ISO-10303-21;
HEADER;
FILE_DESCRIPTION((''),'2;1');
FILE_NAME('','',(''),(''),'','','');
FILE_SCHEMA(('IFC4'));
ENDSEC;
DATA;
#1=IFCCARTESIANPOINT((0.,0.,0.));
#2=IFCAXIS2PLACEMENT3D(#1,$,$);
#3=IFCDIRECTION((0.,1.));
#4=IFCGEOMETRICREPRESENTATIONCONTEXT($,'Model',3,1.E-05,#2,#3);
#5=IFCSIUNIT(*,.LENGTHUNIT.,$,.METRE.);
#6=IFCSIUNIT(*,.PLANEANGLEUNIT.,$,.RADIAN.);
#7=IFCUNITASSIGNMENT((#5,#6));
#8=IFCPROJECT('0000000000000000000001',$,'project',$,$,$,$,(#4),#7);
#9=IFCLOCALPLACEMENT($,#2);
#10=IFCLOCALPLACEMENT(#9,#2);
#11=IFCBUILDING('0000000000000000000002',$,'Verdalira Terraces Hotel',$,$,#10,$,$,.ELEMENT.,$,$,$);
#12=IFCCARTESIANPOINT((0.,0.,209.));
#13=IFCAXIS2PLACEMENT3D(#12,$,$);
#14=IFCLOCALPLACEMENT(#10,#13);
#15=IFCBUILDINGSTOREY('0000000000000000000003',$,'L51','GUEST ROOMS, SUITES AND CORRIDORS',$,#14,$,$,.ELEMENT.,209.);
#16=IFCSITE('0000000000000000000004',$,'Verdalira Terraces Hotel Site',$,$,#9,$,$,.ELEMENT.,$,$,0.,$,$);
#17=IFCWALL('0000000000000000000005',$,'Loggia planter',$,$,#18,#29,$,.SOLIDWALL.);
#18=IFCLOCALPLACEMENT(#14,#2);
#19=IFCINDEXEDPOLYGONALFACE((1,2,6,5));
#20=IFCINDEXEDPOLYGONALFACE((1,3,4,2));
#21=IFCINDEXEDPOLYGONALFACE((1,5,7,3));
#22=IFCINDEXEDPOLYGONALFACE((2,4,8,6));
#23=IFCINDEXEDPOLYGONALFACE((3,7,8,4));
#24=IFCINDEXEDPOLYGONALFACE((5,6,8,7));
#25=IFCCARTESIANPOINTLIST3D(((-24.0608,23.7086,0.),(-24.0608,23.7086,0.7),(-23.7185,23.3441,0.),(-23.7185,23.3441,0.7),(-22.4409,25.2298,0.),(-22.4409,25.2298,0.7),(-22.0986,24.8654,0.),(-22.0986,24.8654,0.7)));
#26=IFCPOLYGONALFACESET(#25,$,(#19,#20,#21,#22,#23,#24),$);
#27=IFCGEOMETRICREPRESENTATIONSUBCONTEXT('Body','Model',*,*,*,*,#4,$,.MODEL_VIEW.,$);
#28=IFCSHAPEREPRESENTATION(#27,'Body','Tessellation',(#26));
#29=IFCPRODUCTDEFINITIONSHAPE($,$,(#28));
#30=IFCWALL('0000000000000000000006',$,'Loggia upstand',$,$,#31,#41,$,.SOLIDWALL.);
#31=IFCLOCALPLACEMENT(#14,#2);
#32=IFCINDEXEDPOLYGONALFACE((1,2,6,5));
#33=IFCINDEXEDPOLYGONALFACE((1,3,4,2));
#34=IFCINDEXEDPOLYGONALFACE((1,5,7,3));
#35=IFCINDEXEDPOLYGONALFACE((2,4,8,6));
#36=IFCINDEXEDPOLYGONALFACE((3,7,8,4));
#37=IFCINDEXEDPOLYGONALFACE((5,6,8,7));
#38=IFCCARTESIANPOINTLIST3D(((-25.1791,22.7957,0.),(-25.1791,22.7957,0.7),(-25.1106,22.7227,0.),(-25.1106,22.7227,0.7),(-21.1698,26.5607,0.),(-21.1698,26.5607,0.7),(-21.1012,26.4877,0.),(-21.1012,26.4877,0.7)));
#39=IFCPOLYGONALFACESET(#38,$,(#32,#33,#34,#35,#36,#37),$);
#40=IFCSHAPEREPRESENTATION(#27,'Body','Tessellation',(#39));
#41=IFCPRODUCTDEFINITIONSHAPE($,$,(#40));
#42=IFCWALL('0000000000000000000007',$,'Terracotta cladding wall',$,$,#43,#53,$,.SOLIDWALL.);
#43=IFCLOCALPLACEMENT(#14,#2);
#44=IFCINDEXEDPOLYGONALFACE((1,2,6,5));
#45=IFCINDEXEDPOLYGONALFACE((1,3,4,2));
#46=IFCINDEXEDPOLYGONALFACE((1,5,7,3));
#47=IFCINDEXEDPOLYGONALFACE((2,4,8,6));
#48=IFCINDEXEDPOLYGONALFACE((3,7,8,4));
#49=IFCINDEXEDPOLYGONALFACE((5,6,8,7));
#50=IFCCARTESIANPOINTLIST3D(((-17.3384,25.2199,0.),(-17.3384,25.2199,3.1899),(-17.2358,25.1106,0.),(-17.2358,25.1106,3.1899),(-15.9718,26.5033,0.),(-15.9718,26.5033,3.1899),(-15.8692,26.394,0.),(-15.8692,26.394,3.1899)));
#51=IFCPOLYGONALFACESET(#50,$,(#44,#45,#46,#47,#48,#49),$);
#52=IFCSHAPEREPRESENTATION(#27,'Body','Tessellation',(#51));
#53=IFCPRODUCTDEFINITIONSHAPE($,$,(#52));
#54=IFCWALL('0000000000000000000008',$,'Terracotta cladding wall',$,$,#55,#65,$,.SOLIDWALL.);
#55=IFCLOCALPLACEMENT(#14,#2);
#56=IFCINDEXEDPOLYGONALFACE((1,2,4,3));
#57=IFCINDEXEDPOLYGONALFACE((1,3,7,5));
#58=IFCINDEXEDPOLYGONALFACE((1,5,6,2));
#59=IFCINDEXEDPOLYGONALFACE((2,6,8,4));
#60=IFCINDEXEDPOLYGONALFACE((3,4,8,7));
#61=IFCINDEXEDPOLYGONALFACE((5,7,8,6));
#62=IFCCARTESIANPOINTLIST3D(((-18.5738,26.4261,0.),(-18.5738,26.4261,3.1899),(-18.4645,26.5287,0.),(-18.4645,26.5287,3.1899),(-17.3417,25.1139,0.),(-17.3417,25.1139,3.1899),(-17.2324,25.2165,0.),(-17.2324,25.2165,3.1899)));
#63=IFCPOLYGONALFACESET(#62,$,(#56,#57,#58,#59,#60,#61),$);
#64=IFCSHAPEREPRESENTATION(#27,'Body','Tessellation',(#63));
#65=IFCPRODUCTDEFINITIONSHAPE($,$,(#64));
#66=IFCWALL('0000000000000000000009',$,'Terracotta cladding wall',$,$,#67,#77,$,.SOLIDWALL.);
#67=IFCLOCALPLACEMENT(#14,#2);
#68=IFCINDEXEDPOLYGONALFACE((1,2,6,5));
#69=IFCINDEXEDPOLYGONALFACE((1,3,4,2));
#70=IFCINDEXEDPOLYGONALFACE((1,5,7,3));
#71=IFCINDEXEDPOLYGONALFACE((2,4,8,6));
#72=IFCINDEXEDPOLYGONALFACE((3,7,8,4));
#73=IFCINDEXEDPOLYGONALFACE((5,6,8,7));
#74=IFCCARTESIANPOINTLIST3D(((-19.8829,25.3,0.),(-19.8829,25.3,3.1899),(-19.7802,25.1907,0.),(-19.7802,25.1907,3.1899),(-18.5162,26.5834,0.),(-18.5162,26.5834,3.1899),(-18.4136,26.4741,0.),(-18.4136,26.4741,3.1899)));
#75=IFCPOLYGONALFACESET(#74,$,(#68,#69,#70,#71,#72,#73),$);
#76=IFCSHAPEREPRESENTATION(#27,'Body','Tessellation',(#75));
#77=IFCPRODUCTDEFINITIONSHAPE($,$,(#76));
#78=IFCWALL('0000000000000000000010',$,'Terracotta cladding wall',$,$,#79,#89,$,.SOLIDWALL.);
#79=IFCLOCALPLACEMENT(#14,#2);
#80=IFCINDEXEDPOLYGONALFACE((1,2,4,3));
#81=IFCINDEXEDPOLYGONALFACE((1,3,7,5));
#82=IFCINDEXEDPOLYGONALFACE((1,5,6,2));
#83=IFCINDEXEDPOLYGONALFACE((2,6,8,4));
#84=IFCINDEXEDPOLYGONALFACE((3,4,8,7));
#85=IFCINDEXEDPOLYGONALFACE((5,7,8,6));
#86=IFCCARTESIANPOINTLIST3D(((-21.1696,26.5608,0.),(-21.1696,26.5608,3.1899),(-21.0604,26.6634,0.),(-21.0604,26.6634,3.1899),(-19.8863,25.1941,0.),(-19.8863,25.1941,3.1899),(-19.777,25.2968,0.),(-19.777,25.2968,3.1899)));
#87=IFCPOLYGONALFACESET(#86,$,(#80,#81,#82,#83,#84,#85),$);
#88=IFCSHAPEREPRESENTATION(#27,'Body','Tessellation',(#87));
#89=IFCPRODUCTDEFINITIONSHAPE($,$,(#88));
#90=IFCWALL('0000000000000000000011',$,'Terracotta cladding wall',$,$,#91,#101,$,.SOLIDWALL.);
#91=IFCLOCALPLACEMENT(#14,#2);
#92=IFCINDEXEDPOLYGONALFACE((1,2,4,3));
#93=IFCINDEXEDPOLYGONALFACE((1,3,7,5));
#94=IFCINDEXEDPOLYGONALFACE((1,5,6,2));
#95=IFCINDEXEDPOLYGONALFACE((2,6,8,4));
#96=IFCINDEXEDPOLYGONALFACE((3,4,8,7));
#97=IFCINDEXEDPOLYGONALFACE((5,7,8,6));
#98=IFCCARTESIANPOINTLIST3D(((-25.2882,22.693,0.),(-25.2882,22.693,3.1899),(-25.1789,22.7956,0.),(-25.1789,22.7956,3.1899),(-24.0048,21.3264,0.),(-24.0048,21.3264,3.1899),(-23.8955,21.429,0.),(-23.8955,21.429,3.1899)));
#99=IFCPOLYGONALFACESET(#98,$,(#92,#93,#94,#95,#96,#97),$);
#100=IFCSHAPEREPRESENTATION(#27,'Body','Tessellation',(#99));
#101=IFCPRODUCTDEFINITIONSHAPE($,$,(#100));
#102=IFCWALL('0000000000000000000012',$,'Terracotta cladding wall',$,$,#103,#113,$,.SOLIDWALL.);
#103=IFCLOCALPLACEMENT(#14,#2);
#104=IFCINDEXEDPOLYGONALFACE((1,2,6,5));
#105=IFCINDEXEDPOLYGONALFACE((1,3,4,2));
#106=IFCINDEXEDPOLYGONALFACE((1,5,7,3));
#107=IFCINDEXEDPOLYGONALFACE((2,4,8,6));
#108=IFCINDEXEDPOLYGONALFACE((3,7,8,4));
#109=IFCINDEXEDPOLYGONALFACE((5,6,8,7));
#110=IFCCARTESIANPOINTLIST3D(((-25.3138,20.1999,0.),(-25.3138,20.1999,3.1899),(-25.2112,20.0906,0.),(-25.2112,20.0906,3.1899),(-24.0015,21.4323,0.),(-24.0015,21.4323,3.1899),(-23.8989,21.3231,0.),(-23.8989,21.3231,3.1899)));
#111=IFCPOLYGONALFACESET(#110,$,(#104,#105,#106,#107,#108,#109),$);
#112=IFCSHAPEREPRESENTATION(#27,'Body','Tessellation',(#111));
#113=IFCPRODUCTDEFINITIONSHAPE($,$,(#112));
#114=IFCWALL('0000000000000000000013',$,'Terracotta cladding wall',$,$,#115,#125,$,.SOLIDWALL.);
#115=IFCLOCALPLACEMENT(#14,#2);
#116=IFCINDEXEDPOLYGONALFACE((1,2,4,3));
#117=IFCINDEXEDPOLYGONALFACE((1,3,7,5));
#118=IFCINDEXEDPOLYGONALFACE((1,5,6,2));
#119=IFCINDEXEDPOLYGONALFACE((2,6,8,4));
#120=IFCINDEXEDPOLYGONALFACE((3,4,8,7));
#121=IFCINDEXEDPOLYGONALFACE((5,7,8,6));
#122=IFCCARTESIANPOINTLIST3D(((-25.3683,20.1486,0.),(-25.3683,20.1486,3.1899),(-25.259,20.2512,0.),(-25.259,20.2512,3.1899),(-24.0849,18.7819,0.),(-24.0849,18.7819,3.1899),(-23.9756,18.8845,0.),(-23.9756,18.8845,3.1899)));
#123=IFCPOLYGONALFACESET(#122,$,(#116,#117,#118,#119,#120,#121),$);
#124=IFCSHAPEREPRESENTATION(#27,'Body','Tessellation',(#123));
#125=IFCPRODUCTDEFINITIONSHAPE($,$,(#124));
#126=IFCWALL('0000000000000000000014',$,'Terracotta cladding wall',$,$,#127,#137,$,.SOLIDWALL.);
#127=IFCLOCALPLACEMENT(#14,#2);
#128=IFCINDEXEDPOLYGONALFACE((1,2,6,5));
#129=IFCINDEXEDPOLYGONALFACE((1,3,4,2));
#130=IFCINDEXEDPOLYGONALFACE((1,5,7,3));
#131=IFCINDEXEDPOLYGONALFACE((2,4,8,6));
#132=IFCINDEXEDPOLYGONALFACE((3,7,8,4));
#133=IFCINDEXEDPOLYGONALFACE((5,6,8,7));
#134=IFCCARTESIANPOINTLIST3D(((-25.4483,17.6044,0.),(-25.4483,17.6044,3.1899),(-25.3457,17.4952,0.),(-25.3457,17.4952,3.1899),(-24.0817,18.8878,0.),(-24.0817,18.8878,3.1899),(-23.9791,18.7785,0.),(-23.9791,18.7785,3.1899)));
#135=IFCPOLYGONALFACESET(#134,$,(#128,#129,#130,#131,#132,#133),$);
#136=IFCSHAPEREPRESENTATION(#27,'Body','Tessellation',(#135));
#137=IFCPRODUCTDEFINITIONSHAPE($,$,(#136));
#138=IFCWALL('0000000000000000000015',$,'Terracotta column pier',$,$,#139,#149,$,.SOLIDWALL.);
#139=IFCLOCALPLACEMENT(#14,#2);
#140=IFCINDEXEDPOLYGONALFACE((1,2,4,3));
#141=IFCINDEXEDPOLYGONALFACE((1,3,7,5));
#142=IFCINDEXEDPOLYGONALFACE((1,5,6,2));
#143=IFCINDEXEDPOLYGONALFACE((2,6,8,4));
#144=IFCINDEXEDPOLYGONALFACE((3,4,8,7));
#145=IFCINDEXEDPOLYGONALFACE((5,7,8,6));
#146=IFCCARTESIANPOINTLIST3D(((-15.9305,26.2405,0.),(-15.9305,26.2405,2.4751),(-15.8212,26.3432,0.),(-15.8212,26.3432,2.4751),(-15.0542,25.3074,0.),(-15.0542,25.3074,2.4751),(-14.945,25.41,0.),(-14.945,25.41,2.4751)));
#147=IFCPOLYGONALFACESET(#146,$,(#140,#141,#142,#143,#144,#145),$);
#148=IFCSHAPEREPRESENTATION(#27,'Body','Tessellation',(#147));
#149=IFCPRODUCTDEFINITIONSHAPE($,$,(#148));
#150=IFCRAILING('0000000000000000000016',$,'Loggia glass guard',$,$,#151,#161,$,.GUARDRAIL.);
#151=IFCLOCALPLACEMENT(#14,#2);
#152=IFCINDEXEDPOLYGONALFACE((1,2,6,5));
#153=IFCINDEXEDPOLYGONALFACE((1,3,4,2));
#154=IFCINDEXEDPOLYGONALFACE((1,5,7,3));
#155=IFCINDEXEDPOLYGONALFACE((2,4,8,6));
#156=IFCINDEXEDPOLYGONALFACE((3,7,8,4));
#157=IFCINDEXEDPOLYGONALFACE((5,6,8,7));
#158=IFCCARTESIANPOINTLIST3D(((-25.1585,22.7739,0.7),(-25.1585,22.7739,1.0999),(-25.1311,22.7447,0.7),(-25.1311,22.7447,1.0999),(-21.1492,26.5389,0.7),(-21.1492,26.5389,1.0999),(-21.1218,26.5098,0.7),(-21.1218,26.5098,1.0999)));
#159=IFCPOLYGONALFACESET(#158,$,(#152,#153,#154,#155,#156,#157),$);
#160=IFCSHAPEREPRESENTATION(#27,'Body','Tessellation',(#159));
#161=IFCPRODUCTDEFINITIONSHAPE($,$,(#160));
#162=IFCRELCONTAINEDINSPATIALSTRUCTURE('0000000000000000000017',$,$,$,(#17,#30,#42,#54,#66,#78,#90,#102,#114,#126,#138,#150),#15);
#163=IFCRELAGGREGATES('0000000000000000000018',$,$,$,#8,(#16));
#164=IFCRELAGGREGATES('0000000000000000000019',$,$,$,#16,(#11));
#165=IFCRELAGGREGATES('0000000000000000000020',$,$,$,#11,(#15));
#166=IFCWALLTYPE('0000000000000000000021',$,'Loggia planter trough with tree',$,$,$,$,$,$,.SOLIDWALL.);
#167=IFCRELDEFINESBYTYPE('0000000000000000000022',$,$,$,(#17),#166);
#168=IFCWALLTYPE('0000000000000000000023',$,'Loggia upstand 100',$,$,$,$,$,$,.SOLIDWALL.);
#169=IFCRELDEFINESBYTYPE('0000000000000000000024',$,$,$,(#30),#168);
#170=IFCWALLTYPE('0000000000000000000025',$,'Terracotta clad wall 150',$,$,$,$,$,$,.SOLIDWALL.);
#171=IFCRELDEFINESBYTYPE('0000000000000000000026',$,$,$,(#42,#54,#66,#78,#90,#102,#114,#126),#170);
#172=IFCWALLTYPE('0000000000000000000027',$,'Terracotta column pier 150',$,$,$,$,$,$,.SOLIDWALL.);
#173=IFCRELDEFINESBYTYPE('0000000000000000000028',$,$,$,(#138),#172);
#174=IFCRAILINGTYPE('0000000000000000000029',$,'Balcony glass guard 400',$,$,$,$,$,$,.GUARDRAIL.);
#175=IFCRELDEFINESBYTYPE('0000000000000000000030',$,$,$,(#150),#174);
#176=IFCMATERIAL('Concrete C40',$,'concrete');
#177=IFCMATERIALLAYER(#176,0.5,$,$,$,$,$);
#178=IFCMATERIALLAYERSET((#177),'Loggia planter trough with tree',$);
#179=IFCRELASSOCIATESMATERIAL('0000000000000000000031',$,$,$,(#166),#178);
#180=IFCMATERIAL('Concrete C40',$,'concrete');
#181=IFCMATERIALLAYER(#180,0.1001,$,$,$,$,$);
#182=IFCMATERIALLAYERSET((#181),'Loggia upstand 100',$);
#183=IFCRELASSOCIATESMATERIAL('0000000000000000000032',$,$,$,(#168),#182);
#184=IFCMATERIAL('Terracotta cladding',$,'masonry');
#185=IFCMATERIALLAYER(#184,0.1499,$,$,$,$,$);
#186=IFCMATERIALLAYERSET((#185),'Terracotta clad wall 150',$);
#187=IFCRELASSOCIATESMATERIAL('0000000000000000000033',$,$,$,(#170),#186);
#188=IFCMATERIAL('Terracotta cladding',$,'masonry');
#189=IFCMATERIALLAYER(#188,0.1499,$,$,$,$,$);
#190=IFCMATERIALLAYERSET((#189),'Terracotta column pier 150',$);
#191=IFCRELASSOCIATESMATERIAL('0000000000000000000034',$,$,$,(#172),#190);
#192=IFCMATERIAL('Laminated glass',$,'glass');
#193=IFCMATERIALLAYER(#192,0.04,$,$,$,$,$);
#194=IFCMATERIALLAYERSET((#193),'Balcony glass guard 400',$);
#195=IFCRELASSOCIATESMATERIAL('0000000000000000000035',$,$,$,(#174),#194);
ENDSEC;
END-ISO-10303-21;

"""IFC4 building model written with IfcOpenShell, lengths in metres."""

from ifc_helpers import new_model, si_unit, direction, frame, frame_2d, origin, origin_2d, place, context, subcontext, project, spatial, rectangle, extrude, material, layer, layer_set, type_object, element, save


model = new_model("IFC4")

# Units and contexts
model_context = context("Model", 3, precision=1e-05, world=origin(), true_north=direction((0.0, 1.0)))
body_context = subcontext(model_context, "Body", "Model", "MODEL_VIEW")
ifc_project = project(units=[si_unit("LENGTHUNIT", "METRE"), si_unit("PLANEANGLEUNIT", "RADIAN")], contexts=[model_context])

# Site, building, storey
site_placement = place(None, origin())
site = spatial("IfcSite", under=ifc_project, at=site_placement, Name="Verdalira Terraces Hotel Site", CompositionType="ELEMENT", RefElevation=0.0)
building_placement = place(site_placement, origin())
building = spatial("IfcBuilding", under=site, at=building_placement, Name="Verdalira Terraces Hotel", CompositionType="ELEMENT")
storey_placement = place(building_placement, frame((0.0, 0.0, 209.0)))
storey = spatial("IfcBuildingStorey", under=building, at=storey_placement, Name="L51", Description="GUEST ROOMS, SUITES AND CORRIDORS", CompositionType="ELEMENT", Elevation=209.0)

# Walls
ifc_material_1 = material(Name="Concrete C40", Category="concrete")
ifc_layer_1 = layer(ifc_material_1, 0.5)
ifc_layer_set_1 = layer_set([ifc_layer_1], Name="Loggia planter trough with tree")
wall_type_1 = type_object("IfcWallType", Name="Loggia planter trough with tree", PredefinedType="SOLIDWALL", material=ifc_layer_set_1)
wall_1_placement = place(storey_placement, frame((-22.2698, 25.0476, 0.0), z_axis=(0.0, 0.0, 1.0), x_axis=(-0.728951, -0.684566, 0.0)))
element("IfcWall", 1, at=wall_1_placement, inside=storey, type_object=wall_type_1, Name="Loggia planter", PredefinedType="SOLIDWALL", context=body_context, shape_type="SweptSolid", body=[
    extrude(rectangle(XDim=2.2222, YDim=0.5, at=frame_2d((1.1111, 0.0))), origin(), (0.0, 0.0, 1.0), 0.7),
])
ifc_material_2 = material(Name="Concrete C40", Category="concrete")
ifc_layer_2 = layer(ifc_material_2, 0.1001)
ifc_layer_set_2 = layer_set([ifc_layer_2], Name="Loggia upstand 100")
wall_type_2 = type_object("IfcWallType", Name="Loggia upstand 100", PredefinedType="SOLIDWALL", material=ifc_layer_set_2)
wall_2_placement = place(storey_placement, frame((-21.1355, 26.5242, 0.0), z_axis=(0.0, 0.0, 1.0), x_axis=(-0.728975, -0.68454, 0.0)))
element("IfcWall", 2, at=wall_2_placement, inside=storey, type_object=wall_type_2, Name="Loggia upstand", PredefinedType="SOLIDWALL", context=body_context, shape_type="SweptSolid", body=[
    extrude(rectangle(XDim=5.5, YDim=0.1001, at=frame_2d((2.75, 0.0))), origin(), (0.0, 0.0, 1.0), 0.7),
])
ifc_material_3 = material(Name="Terracotta cladding", Category="masonry")
ifc_layer_3 = layer(ifc_material_3, 0.1499)
ifc_layer_set_3 = layer_set([ifc_layer_3], Name="Terracotta clad wall 150")
wall_type_3 = type_object("IfcWallType", Name="Terracotta clad wall 150", PredefinedType="SOLIDWALL", material=ifc_layer_set_3)
wall_3_placement = place(storey_placement, frame((-15.9204, 26.4487, 0.0), z_axis=(0.0, 0.0, 1.0), x_axis=(-0.72896, -0.684556, 0.0)))
element("IfcWall", 3, at=wall_3_placement, inside=storey, type_object=wall_type_3, Name="Terracotta cladding wall", PredefinedType="SOLIDWALL", context=body_context, shape_type="SweptSolid", body=[
    extrude(rectangle(XDim=1.8748, YDim=0.1499, at=frame_2d((0.9375, 0.0))), origin(), (0.0, 0.0, 1.0), 3.1899),
])
wall_4_placement = place(storey_placement, frame((-17.2871, 25.1653, 0.0), z_axis=(0.0, 0.0, 1.0), x_axis=(-0.684514, 0.729, 0.0)))
element("IfcWall", 4, at=wall_4_placement, inside=storey, type_object=wall_type_3, Name="Terracotta cladding wall", PredefinedType="SOLIDWALL", context=body_context, shape_type="SweptSolid", body=[
    extrude(rectangle(XDim=1.8, YDim=0.1499, at=frame_2d((0.8999, 0.0))), origin(), (0.0, 0.0, 1.0), 3.1899),
])
for number, where, z_axis, x_axis, name in (
    (5, (-18.4648, 26.5288, 0.0), (0.0, 0.0, 1.0), (-0.72896, -0.684556, 0.0), "Terracotta cladding wall"),
    (6, (-19.8315, 25.2454, 0.0), (0.0, 0.0, 1.0), (-0.684556, 0.72896, 0.0), "Terracotta cladding wall"),
    (7, (-25.2336, 22.7444, 0.0), (0.0, 0.0, 1.0), (0.684556, -0.72896, 0.0), "Terracotta cladding wall"),
):
    element("IfcWall", number, at=place(storey_placement, frame(where, z_axis=z_axis, x_axis=x_axis)), inside=storey, type_object=wall_type_3, Name=name, PredefinedType="SOLIDWALL", context=body_context, shape_type="SweptSolid", body=[
        extrude(rectangle(XDim=1.8748, YDim=0.1499, at=frame_2d((0.9375, 0.0))), origin(), (0.0, 0.0, 1.0), 3.1899),
    ])
wall_5_placement = place(storey_placement, frame((-23.9502, 21.3777, 0.0), z_axis=(0.0, 0.0, 1.0), x_axis=(-0.728932, -0.684586, 0.0)))
element("IfcWall", 8, at=wall_5_placement, inside=storey, type_object=wall_type_3, Name="Terracotta cladding wall", PredefinedType="SOLIDWALL", context=body_context, shape_type="SweptSolid", body=[
    extrude(rectangle(XDim=1.8003, YDim=0.1499, at=frame_2d((0.9001, 0.0))), origin(), (0.0, 0.0, 1.0), 3.1899),
])
for number, where, z_axis, x_axis, name in (
    (9, (-25.3137, 20.2, 0.0), (0.0, 0.0, 1.0), (0.684556, -0.72896, 0.0), "Terracotta cladding wall"),
    (10, (-24.0303, 18.8333, 0.0), (0.0, 0.0, 1.0), (-0.72896, -0.684556, 0.0), "Terracotta cladding wall"),
):
    element("IfcWall", number, at=place(storey_placement, frame(where, z_axis=z_axis, x_axis=x_axis)), inside=storey, type_object=wall_type_3, Name=name, PredefinedType="SOLIDWALL", context=body_context, shape_type="SweptSolid", body=[
        extrude(rectangle(XDim=1.8748, YDim=0.1499, at=frame_2d((0.9375, 0.0))), origin(), (0.0, 0.0, 1.0), 3.1899),
    ])
ifc_material_4 = material(Name="Terracotta cladding", Category="masonry")
ifc_layer_4 = layer(ifc_material_4, 0.1499)
ifc_layer_set_4 = layer_set([ifc_layer_4], Name="Terracotta column pier 150")
wall_type_4 = type_object("IfcWallType", Name="Terracotta column pier 150", PredefinedType="SOLIDWALL", material=ifc_layer_set_4)
wall_6_placement = place(storey_placement, frame((-14.9995, 25.3586, 0.0), z_axis=(0.0, 0.0, 1.0), x_axis=(-0.684537, 0.728978, 0.0)))
element("IfcWall", 11, at=wall_6_placement, inside=storey, type_object=wall_type_4, Name="Terracotta column pier", PredefinedType="SOLIDWALL", context=body_context, shape_type="SweptSolid", body=[
    extrude(rectangle(XDim=1.28, YDim=0.1499, at=frame_2d((0.6401, 0.0))), origin(), (0.0, 0.0, 1.0), 2.4751),
])

# Railing
ifc_material_5 = material(Name="Laminated glass", Category="glass")
ifc_layer_5 = layer(ifc_material_5, 0.04)
ifc_layer_set_5 = layer_set([ifc_layer_5], Name="Balcony glass guard 400")
railing_type = type_object("IfcRailingType", Name="Balcony glass guard 400", PredefinedType="GUARDRAIL", material=ifc_layer_set_5)
railing_placement = place(storey_placement, frame((-23.1401, 24.6418, 0.7), z_axis=(0.0, 0.0, 1.0), x_axis=(-0.728969, -0.684547, 0.0)))
element("IfcRailing", 12, at=railing_placement, inside=storey, type_object=railing_type, Name="Loggia glass guard", PredefinedType="GUARDRAIL", context=body_context, shape_type="SweptSolid", body=[
    extrude(rectangle(XDim=5.5, YDim=0.04, at=origin_2d()), origin(), (0.0, 0.0, 1.0), 0.3999),
])

save(model, "model.ifc")
